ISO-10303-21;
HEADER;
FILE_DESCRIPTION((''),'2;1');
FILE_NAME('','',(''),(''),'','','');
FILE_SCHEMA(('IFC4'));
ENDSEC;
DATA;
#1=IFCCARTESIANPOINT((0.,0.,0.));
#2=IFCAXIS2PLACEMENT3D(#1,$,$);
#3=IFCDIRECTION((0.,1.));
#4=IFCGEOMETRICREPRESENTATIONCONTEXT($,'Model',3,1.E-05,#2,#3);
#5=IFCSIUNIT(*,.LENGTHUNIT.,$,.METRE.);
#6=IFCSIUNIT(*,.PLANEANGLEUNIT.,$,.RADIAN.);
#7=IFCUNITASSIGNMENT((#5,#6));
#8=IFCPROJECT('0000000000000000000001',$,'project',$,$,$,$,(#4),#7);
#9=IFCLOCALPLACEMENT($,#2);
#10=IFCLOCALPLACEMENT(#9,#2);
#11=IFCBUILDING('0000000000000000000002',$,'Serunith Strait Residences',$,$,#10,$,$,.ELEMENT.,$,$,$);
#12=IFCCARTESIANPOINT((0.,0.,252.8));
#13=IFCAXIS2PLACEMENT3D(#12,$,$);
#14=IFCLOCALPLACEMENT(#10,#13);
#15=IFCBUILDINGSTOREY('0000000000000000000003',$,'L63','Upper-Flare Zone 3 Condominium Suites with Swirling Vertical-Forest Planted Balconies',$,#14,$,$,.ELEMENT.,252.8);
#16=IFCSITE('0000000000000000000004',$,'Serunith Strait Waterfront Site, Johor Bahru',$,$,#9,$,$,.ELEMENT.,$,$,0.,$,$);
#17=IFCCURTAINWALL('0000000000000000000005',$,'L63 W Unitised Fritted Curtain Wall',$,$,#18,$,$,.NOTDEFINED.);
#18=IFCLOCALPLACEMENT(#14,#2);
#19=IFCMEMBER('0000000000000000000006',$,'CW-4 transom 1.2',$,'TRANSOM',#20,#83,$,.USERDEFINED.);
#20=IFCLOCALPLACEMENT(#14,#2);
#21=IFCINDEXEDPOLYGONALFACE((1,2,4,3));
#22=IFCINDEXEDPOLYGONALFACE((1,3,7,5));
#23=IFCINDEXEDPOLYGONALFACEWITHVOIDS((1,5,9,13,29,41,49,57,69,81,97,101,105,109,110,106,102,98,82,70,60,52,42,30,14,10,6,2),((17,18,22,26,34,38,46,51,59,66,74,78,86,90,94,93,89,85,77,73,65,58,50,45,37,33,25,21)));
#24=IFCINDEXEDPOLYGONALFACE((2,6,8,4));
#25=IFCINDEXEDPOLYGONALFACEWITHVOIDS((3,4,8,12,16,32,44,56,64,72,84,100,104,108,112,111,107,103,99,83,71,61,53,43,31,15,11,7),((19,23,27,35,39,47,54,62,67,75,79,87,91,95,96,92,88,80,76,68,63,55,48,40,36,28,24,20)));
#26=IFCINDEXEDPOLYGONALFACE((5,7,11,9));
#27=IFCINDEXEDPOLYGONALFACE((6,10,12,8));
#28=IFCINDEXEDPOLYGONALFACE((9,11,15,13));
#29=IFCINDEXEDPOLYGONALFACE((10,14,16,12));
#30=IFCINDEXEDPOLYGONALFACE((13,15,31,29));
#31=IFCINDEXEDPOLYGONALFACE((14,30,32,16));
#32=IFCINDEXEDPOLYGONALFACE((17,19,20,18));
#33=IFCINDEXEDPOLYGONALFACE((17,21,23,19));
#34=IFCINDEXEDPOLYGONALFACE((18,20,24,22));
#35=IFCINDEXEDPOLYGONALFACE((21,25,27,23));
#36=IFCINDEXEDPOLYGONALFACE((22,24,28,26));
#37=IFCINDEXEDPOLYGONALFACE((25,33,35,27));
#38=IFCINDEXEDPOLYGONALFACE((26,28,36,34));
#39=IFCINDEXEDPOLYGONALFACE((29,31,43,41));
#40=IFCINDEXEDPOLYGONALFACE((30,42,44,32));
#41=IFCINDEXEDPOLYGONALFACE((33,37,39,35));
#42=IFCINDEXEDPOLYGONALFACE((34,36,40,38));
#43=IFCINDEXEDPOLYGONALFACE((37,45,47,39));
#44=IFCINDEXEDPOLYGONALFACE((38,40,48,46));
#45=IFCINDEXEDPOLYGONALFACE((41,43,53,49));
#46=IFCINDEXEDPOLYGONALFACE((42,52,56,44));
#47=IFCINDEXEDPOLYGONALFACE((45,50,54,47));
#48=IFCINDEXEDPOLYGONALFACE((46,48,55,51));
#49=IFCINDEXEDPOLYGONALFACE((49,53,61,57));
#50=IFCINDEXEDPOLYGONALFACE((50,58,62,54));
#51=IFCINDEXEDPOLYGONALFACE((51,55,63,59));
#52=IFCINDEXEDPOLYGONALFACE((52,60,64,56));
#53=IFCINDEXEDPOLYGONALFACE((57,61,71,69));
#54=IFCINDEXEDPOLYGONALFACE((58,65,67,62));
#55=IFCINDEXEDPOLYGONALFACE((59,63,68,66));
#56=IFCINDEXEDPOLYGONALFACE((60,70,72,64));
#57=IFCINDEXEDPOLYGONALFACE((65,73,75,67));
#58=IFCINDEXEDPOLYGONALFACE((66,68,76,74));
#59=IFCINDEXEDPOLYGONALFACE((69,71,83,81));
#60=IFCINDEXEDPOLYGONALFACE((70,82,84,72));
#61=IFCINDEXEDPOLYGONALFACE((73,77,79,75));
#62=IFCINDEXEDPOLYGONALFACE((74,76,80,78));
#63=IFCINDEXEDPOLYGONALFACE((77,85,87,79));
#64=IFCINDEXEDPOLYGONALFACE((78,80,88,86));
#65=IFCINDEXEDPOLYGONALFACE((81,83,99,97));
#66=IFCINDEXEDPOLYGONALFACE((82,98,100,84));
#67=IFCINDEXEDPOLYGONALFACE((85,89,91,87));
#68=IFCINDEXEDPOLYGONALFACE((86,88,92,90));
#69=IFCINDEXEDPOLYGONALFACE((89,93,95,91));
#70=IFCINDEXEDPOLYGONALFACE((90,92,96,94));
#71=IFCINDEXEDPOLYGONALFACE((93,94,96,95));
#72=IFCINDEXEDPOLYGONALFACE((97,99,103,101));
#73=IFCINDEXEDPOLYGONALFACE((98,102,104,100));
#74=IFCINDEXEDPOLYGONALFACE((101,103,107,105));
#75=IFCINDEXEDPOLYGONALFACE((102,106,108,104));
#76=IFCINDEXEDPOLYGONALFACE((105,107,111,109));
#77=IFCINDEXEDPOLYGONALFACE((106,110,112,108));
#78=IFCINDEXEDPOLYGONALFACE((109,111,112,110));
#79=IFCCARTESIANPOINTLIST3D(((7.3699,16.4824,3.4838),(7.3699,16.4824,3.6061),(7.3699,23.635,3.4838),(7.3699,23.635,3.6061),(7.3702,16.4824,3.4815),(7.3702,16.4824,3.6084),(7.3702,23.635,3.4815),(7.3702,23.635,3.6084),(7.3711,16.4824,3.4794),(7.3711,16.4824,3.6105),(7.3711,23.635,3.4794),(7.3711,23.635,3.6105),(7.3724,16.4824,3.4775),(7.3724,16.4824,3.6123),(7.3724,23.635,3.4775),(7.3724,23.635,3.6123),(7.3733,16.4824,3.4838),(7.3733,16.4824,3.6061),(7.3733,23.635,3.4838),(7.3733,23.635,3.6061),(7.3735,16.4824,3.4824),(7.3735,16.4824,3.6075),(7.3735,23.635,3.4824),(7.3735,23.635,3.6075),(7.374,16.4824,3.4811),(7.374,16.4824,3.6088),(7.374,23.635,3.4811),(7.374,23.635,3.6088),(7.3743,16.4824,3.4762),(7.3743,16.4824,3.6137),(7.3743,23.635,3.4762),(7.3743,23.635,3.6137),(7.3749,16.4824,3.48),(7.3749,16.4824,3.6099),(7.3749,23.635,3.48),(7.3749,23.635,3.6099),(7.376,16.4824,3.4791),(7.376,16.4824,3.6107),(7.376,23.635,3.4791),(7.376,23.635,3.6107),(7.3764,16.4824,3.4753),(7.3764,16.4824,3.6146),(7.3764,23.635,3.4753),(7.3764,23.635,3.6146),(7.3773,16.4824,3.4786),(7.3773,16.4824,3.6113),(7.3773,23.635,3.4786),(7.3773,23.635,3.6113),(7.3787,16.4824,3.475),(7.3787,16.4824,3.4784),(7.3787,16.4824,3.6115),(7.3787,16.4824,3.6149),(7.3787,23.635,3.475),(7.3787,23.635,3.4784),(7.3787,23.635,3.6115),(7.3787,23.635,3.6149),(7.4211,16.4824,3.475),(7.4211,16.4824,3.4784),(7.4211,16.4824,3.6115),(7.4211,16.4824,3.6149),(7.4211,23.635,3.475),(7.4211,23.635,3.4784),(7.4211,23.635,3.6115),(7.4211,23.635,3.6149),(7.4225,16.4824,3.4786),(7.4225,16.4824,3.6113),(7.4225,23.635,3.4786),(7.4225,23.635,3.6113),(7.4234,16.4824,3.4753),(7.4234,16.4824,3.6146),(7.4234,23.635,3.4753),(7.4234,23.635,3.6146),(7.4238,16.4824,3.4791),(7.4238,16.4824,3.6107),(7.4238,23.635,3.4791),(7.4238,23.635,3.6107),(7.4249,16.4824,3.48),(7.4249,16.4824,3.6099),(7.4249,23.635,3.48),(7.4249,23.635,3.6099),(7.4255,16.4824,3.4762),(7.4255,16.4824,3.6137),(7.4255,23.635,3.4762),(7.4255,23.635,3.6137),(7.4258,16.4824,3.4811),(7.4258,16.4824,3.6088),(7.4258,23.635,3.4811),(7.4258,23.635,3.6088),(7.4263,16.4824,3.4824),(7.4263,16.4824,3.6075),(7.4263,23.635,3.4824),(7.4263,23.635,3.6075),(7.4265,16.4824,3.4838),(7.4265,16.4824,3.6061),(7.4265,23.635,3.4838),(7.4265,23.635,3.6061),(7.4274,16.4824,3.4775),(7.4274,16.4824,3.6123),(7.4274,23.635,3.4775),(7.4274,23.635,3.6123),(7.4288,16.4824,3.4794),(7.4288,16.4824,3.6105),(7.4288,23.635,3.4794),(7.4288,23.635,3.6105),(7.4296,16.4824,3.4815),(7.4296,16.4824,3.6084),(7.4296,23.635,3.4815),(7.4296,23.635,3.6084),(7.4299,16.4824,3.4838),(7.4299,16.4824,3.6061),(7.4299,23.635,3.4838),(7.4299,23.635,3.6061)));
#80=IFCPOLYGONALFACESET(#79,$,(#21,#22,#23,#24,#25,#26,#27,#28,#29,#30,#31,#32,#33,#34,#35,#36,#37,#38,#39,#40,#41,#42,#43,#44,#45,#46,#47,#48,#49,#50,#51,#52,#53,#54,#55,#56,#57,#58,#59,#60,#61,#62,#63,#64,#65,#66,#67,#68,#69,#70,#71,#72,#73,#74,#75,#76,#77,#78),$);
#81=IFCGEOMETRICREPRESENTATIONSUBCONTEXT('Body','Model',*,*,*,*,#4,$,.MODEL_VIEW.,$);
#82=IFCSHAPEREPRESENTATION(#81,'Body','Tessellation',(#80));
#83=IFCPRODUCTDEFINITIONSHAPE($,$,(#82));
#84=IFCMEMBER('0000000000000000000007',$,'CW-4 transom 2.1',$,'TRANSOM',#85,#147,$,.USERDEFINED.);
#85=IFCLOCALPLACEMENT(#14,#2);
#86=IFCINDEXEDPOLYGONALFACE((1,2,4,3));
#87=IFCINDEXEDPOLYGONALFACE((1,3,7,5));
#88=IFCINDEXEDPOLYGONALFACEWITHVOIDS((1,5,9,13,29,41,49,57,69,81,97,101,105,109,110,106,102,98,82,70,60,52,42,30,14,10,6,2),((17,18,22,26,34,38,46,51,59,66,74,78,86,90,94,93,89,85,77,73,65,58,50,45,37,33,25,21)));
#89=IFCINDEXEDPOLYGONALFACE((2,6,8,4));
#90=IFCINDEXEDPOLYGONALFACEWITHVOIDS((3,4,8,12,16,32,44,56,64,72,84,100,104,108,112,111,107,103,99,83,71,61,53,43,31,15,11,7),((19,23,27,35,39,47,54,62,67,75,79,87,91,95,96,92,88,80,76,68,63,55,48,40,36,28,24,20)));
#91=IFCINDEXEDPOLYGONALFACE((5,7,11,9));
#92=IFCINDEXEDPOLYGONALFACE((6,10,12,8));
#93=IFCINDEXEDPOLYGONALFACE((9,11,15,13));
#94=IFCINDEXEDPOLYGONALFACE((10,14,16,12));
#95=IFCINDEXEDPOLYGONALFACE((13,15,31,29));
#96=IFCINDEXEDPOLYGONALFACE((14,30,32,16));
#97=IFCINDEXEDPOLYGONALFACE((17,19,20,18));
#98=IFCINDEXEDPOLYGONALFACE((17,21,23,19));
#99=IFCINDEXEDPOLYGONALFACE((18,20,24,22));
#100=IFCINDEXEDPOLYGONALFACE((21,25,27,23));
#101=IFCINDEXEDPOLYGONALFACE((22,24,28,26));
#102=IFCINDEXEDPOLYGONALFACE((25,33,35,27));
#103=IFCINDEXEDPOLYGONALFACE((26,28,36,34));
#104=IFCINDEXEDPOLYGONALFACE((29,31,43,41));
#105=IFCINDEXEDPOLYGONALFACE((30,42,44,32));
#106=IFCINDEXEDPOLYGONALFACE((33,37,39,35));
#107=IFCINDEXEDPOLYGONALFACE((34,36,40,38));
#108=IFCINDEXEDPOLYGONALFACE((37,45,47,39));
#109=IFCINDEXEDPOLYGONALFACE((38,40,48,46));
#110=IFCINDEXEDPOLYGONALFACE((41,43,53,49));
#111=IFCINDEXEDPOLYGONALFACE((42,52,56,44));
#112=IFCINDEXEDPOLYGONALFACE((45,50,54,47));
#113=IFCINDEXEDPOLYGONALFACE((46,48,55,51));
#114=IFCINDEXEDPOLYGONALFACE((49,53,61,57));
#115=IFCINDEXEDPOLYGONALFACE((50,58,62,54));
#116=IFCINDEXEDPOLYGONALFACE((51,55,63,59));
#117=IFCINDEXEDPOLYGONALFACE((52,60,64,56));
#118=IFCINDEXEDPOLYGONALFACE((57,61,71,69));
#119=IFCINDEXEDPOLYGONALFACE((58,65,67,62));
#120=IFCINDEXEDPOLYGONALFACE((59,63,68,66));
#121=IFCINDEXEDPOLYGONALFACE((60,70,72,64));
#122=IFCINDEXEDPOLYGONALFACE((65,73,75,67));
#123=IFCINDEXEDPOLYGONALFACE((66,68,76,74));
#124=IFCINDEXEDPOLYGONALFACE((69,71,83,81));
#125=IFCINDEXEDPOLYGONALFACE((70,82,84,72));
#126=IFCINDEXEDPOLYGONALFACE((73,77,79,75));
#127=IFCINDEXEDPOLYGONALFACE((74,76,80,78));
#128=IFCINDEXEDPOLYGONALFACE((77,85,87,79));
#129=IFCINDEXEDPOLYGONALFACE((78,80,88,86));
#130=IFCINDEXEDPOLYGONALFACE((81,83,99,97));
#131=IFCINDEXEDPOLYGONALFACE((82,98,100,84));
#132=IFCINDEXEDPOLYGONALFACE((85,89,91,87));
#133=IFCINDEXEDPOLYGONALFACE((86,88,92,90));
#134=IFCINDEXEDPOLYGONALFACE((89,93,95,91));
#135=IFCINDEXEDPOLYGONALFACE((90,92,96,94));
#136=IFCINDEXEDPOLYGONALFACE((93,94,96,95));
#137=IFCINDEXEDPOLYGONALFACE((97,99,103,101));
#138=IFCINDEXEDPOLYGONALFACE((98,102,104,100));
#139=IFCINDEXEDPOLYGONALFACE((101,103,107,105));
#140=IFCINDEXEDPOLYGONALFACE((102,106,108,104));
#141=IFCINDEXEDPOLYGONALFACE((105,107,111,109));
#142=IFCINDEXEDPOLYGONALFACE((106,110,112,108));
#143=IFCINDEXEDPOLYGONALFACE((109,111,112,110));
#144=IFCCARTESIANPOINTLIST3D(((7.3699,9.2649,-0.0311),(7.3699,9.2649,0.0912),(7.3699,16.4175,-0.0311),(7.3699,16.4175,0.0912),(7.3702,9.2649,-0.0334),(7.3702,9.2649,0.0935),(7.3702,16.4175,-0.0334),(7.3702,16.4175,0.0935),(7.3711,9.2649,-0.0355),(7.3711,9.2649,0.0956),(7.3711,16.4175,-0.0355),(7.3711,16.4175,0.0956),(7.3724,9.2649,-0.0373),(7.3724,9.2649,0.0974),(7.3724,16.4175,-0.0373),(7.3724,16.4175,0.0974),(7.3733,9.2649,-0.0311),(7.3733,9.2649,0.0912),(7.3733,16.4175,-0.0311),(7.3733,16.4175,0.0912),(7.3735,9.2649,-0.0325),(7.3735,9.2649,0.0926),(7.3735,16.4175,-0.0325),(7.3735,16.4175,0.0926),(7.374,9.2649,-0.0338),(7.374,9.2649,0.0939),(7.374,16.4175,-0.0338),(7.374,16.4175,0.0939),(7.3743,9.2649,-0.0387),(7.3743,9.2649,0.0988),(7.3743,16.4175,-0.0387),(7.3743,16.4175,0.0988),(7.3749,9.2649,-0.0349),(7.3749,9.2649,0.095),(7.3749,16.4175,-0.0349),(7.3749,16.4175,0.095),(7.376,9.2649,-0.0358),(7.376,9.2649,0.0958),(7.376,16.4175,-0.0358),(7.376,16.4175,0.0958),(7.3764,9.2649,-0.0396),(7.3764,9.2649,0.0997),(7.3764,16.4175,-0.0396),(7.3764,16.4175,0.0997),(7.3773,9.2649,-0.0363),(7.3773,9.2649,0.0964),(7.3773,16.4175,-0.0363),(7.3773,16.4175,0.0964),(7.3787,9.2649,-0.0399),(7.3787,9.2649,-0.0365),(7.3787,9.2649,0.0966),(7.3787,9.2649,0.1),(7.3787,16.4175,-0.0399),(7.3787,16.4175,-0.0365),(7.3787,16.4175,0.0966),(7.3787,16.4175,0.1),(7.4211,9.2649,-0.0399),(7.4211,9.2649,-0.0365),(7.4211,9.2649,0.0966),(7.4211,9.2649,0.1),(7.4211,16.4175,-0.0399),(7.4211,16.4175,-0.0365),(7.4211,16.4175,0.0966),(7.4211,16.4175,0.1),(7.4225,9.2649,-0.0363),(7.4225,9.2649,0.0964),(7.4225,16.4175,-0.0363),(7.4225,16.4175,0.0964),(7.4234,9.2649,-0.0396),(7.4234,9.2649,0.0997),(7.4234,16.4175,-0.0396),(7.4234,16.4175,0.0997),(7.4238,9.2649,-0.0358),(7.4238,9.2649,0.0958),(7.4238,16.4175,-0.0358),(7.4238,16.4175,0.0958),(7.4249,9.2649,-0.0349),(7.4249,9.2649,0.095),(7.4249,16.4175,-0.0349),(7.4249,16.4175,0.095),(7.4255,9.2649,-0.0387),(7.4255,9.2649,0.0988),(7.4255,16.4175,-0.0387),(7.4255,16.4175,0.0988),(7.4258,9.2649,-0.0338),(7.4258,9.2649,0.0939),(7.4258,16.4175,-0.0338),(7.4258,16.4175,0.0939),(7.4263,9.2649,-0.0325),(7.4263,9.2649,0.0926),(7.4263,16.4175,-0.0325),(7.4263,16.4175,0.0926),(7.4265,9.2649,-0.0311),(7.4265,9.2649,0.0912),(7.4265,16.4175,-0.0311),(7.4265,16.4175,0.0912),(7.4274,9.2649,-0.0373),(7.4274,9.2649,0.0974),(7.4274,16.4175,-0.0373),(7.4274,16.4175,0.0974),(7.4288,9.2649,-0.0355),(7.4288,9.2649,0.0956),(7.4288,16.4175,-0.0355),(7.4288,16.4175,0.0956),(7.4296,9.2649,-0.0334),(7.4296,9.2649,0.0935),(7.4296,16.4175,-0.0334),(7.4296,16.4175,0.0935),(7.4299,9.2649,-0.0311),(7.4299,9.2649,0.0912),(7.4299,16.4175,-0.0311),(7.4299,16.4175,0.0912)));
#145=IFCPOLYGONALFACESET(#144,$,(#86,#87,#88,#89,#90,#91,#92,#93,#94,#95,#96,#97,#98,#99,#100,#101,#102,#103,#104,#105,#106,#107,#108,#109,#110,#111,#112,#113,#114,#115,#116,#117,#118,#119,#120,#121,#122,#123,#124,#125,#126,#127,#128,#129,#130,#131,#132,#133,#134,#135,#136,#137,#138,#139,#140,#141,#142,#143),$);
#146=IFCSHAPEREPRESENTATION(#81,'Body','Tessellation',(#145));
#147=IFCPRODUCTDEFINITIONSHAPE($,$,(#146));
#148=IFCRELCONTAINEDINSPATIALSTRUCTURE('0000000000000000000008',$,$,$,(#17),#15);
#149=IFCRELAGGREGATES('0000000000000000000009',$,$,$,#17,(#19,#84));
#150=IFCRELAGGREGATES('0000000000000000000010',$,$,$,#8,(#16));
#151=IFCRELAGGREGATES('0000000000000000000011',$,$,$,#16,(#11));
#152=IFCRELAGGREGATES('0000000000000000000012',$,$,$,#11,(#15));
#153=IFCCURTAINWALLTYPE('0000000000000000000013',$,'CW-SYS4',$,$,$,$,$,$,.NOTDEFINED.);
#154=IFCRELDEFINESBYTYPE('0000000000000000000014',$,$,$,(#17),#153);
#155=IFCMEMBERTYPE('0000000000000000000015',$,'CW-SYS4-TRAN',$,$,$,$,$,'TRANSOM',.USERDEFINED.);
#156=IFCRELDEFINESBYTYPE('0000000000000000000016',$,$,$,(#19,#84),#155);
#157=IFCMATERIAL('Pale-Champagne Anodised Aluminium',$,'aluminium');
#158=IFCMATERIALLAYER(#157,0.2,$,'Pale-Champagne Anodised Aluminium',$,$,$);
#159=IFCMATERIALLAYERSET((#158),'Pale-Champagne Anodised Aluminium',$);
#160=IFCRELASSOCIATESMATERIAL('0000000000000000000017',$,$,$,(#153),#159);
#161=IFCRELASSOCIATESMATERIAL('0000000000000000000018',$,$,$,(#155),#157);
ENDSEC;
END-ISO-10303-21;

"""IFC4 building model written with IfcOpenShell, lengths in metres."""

from ifc_helpers import new_model, si_unit, direction, frame, origin, origin_2d, place, context, subcontext, project, spatial, hollow_rectangle, extrude, source, transform, mapped, material, layer, layer_set, material_profile, profile_set, type_object, element, aggregate, save


model = new_model("IFC4")

# Units and contexts
model_context = context("Model", 3, precision=1e-05, world=origin(), true_north=direction((0.0, 1.0)))
body_context = subcontext(model_context, "Body", "Model", "MODEL_VIEW")
ifc_project = project(units=[si_unit("LENGTHUNIT", "METRE"), si_unit("PLANEANGLEUNIT", "RADIAN")], contexts=[model_context])

# Site, building, storey
site_placement = place(None, origin())
site = spatial("IfcSite", under=ifc_project, at=site_placement, Name="Serunith Strait Waterfront Site, Johor Bahru", CompositionType="ELEMENT", RefElevation=0.0)
building_placement = place(site_placement, origin())
building = spatial("IfcBuilding", under=site, at=building_placement, Name="Serunith Strait Residences", CompositionType="ELEMENT")
storey_placement = place(building_placement, frame((0.0, 0.0, 252.8)))
storey = spatial("IfcBuildingStorey", under=building, at=storey_placement, Name="L63", Description="Upper-Flare Zone 3 Condominium Suites with Swirling Vertical-Forest Planted Balconies", CompositionType="ELEMENT", Elevation=252.8)

# Curtain wall, members
ifc_material_1 = material(Name="Pale-Champagne Anodised Aluminium", Category="aluminium")
ifc_layer_1 = layer(ifc_material_1, 0.2, Name="Pale-Champagne Anodised Aluminium")
ifc_layer_set_1 = layer_set([ifc_layer_1], Name="Pale-Champagne Anodised Aluminium")
curtain_wall_type = type_object("IfcCurtainWallType", Name="CW-SYS4", PredefinedType="NOTDEFINED", material=ifc_layer_set_1)
curtain_wall_placement = place(storey_placement, origin())
curtain_wall = element("IfcCurtainWall", 1, at=curtain_wall_placement, inside=storey, type_object=curtain_wall_type, Name="L63 W Unitised Fritted Curtain Wall", PredefinedType="NOTDEFINED")
ifc_material_profile_1 = material_profile(ifc_material_1, hollow_rectangle(XDim=0.0601, YDim=0.1399, WallThickness=0.0034, InnerFilletRadius=0.0054, OuterFilletRadius=0.0088, at=origin_2d()), Name="ALU 140x60x3.5")
ifc_profile_set_1 = profile_set([ifc_material_profile_1], Name="Pale-Champagne Anodised Aluminium")
member_type_1 = type_object("IfcMemberType", Name="CW-SYS4-TRAN", ElementType="TRANSOM", PredefinedType="USERDEFINED", material=ifc_profile_set_1)
shared_shape_1 = source(origin(), body_context, "Body", "SweptSolid", [
    extrude(hollow_rectangle(XDim=0.0601, YDim=0.1399, WallThickness=0.0034, InnerFilletRadius=0.0054, OuterFilletRadius=0.0088, at=origin_2d()), origin(), (0.0, 0.0, 1.0), 7.1526),
])
member_1_placement = place(storey_placement, frame((7.3999, 23.635, 3.5449), z_axis=(0.0, -1.0, 0.0), x_axis=(1.0, 0.0, 0.0)))
member_1 = element("IfcMember", 2, at=member_1_placement, type_object=member_type_1, Name="CW-4 transom 1.2", ObjectType="TRANSOM", PredefinedType="USERDEFINED", context=body_context, shape_type="MappedRepresentation", body=[
    mapped(shared_shape_1, transform((0.0, 0.0, 0.0), scale=1.0)),
])
member_2_placement = place(storey_placement, frame((7.3999, 16.4175, 0.03), z_axis=(0.0, -1.0, 0.0), x_axis=(1.0, 0.0, 0.0)))
member_2 = element("IfcMember", 3, at=member_2_placement, type_object=member_type_1, Name="CW-4 transom 2.1", ObjectType="TRANSOM", PredefinedType="USERDEFINED", context=body_context, shape_type="MappedRepresentation", body=[
    mapped(shared_shape_1, transform((0.0, 0.0, 0.0), scale=1.0)),
])
aggregate(curtain_wall, [member_1, member_2])

save(model, "model.ifc")
